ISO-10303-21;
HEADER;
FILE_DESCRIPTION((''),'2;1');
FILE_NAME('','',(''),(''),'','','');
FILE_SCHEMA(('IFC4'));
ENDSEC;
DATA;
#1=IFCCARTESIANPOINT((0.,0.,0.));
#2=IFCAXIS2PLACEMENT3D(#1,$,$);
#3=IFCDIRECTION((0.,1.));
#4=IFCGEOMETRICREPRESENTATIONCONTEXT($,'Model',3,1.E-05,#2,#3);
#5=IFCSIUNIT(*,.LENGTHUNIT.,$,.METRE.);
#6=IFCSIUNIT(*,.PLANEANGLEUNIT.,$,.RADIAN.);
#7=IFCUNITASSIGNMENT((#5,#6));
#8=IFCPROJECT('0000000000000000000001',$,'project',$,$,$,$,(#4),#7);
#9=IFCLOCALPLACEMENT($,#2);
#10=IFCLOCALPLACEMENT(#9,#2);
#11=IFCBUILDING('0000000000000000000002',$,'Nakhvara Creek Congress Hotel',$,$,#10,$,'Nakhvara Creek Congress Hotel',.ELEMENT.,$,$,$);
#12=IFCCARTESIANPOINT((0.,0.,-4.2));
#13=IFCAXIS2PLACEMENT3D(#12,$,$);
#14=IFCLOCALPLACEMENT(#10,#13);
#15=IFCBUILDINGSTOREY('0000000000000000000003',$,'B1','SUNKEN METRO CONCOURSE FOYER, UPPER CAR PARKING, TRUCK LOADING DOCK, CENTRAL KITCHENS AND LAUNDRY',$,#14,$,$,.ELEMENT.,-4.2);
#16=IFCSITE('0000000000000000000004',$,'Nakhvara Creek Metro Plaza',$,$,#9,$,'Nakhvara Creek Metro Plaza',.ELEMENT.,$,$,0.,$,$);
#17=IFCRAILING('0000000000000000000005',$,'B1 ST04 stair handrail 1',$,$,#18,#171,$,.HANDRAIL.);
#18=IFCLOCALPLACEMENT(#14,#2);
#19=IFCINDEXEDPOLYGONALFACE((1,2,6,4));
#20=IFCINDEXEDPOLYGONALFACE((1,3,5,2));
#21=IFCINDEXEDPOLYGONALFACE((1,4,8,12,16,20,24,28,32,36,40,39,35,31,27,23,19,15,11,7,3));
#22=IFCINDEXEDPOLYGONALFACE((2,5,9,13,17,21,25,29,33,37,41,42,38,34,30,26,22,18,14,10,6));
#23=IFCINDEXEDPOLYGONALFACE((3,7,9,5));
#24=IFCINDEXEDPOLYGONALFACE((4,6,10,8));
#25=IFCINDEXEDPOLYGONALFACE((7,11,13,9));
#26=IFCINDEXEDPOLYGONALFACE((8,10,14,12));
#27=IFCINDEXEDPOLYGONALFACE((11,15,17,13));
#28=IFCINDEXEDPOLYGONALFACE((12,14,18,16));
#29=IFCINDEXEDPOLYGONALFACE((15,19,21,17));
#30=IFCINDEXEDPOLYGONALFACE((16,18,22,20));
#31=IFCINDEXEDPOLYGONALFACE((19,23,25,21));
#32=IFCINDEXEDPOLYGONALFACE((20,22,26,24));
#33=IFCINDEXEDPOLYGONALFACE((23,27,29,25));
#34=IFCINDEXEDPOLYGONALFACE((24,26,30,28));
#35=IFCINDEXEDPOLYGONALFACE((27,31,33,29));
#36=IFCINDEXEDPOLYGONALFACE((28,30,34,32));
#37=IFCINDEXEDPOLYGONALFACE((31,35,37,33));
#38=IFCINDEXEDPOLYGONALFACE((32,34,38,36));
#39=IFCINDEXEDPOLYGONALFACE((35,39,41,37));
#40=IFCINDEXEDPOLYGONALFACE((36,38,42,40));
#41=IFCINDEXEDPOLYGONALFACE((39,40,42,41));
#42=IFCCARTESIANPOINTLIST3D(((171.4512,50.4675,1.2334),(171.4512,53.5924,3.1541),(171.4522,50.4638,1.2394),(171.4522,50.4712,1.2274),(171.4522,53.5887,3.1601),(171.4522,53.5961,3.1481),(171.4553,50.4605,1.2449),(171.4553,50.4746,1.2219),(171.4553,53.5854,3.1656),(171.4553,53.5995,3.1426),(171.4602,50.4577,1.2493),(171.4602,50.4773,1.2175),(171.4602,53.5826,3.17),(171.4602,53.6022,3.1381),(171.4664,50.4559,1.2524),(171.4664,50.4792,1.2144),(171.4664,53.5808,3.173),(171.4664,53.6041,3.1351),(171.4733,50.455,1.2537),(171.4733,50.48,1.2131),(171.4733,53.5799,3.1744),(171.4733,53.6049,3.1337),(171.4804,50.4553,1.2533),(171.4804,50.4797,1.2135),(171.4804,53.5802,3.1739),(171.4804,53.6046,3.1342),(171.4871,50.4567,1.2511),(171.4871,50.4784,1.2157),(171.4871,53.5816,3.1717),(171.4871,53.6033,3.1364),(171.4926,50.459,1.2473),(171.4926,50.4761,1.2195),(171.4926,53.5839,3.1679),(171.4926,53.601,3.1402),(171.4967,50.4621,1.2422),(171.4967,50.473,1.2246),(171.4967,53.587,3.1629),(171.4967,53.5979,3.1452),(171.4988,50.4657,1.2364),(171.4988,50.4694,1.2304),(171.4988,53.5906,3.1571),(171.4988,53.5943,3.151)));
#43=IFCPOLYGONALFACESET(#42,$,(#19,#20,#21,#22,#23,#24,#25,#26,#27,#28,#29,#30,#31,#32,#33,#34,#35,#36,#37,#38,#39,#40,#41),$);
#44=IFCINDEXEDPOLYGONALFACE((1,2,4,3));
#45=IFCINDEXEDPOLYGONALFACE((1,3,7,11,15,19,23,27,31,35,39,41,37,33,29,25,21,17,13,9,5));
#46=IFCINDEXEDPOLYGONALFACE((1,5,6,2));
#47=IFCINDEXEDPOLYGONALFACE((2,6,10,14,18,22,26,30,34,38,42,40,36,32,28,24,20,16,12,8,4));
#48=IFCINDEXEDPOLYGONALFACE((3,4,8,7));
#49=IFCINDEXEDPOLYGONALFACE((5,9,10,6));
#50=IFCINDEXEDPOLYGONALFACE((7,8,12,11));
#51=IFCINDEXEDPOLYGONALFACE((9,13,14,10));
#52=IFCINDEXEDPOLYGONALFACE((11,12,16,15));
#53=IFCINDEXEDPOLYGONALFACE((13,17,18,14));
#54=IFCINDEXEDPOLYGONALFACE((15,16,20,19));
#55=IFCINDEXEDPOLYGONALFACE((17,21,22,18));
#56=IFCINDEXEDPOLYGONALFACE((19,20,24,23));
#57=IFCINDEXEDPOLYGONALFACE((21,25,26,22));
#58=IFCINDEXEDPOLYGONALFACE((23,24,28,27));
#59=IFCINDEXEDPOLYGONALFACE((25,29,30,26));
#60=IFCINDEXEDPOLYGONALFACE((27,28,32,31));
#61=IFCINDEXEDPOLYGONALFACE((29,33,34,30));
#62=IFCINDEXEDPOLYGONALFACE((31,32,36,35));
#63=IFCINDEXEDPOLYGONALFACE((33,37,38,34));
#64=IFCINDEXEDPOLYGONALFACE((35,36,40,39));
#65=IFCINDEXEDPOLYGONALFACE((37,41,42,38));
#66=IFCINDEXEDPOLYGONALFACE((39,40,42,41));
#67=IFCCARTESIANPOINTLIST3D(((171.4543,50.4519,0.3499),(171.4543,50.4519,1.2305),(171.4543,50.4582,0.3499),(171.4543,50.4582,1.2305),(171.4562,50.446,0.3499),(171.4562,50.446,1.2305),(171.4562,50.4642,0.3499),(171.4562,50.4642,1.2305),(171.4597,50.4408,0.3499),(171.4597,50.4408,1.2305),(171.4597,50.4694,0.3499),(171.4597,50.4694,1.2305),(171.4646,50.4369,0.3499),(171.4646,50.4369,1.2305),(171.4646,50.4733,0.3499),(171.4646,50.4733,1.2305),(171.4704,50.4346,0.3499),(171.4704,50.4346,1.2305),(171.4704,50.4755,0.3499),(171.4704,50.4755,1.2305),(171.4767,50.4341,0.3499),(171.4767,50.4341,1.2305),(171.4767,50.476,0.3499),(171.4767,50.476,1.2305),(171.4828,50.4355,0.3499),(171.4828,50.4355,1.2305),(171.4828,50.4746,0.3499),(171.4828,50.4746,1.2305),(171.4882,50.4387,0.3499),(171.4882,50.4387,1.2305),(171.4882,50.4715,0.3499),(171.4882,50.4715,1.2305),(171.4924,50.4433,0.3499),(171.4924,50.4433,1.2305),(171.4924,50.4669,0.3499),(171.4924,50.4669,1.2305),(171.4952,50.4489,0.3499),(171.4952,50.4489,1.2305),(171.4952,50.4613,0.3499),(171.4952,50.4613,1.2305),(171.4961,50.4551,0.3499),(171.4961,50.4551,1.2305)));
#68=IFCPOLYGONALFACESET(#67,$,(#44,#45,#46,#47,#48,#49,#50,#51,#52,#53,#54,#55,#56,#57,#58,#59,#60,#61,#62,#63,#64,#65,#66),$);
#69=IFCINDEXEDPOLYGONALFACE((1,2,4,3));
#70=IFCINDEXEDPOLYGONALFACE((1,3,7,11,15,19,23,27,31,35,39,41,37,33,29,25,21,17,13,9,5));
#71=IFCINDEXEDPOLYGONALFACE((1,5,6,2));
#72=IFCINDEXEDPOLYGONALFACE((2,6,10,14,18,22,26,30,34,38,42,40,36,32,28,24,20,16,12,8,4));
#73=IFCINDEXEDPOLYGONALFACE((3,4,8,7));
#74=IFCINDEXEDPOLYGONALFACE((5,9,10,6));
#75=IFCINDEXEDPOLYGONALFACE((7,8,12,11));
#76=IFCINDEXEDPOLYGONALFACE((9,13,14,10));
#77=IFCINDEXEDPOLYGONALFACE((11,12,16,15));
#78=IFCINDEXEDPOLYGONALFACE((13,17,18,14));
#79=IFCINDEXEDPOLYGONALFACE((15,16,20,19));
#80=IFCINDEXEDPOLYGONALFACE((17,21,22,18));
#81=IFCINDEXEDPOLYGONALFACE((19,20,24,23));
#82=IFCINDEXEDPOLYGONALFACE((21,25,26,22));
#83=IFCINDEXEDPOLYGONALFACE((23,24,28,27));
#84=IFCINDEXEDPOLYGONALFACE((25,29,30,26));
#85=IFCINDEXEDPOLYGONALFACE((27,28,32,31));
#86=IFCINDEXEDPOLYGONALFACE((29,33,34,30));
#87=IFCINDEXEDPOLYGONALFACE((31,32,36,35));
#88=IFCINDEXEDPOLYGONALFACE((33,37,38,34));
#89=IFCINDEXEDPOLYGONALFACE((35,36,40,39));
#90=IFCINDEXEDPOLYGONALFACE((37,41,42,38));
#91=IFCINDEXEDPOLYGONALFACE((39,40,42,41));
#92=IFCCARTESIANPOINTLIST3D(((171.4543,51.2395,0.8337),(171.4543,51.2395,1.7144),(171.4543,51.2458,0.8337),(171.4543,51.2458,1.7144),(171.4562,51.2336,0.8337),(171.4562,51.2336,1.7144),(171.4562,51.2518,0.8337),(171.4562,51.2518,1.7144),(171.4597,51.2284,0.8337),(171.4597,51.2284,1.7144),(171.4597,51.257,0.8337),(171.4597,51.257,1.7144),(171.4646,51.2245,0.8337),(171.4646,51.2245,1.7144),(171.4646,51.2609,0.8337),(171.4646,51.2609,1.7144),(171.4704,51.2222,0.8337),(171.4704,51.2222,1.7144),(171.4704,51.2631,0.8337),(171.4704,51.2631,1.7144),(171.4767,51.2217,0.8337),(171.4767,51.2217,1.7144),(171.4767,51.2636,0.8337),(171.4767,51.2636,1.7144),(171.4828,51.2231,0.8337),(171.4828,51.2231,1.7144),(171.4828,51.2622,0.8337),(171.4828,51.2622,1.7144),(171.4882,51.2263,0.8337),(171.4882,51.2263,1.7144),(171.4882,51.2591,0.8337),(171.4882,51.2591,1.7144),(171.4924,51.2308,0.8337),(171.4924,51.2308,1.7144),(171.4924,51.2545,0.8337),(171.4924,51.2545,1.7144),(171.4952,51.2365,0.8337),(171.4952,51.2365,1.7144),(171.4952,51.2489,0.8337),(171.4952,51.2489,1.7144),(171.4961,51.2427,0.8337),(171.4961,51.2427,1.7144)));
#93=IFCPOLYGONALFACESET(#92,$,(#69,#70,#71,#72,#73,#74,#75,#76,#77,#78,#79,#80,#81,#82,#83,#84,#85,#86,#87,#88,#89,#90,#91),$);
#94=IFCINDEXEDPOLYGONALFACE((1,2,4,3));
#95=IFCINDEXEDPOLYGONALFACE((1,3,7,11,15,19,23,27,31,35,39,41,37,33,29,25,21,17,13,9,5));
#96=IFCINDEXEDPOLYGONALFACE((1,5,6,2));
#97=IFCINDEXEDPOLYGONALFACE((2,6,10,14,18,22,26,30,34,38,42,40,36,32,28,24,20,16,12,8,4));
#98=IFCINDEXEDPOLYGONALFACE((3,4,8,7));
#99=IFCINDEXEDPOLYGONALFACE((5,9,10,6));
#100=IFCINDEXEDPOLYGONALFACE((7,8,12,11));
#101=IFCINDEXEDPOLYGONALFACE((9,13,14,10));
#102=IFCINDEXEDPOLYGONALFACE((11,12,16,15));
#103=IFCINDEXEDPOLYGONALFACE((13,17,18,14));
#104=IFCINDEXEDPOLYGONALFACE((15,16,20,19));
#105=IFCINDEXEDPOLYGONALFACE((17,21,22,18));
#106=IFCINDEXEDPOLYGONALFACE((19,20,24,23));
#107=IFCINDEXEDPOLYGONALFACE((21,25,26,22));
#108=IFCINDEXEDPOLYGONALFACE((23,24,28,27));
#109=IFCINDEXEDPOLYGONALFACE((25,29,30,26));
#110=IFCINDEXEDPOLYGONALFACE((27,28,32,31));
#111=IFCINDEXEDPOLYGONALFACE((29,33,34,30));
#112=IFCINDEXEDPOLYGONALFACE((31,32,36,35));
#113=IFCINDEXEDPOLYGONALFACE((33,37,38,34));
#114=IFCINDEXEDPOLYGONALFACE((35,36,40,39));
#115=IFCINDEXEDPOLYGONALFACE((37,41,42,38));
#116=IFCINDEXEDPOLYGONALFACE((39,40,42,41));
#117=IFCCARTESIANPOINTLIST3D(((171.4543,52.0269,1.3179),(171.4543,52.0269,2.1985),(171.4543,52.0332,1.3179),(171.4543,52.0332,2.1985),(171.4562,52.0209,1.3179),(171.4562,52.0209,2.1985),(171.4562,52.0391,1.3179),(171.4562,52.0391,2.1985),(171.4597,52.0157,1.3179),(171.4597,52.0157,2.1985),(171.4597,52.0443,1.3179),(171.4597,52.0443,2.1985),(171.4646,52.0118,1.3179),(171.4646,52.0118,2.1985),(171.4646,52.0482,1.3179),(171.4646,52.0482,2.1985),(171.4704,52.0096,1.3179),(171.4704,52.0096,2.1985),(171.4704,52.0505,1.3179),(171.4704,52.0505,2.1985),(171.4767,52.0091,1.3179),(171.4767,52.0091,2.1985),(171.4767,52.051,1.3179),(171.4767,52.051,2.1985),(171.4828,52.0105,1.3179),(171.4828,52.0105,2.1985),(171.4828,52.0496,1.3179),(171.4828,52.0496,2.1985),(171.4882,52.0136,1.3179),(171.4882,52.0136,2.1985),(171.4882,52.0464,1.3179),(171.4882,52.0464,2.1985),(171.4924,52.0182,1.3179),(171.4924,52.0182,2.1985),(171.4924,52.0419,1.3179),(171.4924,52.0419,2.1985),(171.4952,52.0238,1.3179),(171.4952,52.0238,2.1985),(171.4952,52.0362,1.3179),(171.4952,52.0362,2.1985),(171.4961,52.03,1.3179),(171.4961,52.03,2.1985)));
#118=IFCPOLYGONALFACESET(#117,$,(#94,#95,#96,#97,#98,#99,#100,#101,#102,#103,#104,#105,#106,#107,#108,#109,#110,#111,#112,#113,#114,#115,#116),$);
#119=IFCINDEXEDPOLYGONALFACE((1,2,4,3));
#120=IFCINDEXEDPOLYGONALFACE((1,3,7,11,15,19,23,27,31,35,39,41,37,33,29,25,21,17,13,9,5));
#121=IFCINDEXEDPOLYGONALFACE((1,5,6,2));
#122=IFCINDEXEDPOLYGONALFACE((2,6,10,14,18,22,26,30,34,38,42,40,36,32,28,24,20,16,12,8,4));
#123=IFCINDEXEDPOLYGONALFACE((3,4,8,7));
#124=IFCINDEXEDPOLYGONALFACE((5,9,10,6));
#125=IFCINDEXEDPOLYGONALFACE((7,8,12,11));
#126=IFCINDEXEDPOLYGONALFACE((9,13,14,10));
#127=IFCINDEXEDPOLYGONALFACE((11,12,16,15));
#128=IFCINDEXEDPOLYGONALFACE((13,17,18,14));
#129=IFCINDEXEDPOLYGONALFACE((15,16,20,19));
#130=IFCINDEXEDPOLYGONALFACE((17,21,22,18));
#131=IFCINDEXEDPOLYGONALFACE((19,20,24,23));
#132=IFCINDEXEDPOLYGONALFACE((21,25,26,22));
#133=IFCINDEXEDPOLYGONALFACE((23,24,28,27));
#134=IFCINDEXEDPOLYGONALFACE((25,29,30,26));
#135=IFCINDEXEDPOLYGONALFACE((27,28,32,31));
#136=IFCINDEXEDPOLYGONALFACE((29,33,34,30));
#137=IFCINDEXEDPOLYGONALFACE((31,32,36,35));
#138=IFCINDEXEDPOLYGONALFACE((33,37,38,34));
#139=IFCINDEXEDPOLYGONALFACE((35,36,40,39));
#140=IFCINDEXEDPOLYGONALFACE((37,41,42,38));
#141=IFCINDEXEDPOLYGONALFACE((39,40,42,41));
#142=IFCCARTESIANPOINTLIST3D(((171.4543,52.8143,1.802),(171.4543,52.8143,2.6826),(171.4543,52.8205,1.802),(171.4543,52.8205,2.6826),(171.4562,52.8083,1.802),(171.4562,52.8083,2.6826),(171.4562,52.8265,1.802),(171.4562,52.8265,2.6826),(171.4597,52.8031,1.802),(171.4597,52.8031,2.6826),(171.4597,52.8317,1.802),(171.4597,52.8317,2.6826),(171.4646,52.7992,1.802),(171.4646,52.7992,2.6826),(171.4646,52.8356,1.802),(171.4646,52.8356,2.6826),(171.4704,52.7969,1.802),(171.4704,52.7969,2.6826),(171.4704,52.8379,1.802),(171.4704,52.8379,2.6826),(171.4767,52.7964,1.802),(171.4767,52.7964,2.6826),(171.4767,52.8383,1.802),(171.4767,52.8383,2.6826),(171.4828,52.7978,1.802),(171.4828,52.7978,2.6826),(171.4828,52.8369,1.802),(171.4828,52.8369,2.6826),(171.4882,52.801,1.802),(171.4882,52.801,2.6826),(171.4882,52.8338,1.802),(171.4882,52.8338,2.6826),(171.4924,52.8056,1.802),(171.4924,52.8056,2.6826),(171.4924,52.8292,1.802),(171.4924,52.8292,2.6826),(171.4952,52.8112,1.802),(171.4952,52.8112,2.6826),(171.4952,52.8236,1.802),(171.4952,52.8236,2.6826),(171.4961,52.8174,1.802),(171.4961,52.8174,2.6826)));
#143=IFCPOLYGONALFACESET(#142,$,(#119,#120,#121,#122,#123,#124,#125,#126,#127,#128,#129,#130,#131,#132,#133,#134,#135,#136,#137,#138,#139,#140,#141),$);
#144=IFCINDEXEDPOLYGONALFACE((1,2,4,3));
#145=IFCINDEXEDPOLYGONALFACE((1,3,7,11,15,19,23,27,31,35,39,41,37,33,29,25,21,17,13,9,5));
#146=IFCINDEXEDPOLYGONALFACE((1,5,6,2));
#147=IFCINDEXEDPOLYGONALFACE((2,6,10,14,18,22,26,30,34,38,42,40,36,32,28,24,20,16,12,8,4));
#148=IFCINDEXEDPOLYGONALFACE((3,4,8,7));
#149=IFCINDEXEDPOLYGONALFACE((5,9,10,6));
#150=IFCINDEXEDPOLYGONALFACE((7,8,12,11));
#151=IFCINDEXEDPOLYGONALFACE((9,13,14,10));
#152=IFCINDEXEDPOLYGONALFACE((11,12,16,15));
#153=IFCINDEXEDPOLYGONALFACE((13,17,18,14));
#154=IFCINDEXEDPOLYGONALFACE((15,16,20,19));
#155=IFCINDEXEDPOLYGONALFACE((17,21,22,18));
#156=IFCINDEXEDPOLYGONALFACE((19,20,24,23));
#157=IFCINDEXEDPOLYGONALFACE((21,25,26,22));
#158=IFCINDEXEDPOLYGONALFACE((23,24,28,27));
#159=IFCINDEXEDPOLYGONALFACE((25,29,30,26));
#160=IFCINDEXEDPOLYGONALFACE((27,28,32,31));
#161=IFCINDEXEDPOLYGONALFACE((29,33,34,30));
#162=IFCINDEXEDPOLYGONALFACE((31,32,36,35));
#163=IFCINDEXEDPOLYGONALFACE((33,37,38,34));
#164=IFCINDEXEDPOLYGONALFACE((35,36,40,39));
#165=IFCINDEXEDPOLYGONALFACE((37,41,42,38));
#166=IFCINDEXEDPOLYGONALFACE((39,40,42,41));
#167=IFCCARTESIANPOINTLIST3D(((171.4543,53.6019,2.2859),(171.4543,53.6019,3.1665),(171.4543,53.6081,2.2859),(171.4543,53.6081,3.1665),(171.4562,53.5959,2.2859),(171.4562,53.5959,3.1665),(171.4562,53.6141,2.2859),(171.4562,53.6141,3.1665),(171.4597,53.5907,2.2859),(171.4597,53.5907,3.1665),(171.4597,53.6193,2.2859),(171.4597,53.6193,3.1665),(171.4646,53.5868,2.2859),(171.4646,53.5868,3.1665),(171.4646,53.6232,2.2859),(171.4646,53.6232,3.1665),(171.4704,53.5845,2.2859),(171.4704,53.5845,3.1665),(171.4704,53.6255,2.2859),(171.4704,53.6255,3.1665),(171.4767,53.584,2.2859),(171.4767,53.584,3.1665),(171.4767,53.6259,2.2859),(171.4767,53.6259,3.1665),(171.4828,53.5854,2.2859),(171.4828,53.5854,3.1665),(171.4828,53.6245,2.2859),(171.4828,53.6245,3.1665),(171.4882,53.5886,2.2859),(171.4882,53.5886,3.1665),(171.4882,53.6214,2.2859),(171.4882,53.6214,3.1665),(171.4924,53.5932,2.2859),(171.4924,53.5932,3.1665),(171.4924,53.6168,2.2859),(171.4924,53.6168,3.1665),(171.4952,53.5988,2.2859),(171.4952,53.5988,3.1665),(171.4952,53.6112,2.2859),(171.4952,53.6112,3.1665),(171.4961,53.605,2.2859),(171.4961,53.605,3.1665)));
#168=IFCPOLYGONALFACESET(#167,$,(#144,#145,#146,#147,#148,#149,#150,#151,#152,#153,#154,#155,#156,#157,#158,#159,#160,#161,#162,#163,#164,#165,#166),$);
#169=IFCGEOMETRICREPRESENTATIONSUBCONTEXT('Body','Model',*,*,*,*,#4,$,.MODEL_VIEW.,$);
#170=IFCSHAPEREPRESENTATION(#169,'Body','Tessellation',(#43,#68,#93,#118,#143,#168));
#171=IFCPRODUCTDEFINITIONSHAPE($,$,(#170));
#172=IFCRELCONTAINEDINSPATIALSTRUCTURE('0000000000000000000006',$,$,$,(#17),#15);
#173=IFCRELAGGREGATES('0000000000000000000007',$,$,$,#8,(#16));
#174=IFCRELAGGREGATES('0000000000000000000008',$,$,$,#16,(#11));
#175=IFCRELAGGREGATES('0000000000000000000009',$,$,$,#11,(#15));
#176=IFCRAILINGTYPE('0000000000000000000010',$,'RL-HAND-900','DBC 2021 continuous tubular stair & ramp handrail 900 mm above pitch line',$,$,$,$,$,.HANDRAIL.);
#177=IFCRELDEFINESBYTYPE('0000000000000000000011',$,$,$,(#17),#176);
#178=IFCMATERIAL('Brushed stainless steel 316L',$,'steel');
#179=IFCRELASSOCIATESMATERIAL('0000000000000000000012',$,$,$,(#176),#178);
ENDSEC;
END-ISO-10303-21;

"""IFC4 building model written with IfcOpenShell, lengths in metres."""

from ifc_helpers import new_model, si_unit, direction, frame, origin, origin_2d, place, context, subcontext, project, spatial, circle, extrude, material, type_object, element, save


model = new_model("IFC4")

# Units and contexts
model_context = context("Model", 3, precision=1e-05, world=origin(), true_north=direction((0.0, 1.0)))
body_context = subcontext(model_context, "Body", "Model", "MODEL_VIEW")
ifc_project = project(units=[si_unit("LENGTHUNIT", "METRE"), si_unit("PLANEANGLEUNIT", "RADIAN")], contexts=[model_context])

# Site, building, storey
site_placement = place(None, origin())
site = spatial("IfcSite", under=ifc_project, at=site_placement, Name="Nakhvara Creek Metro Plaza", LongName="Nakhvara Creek Metro Plaza", CompositionType="ELEMENT", RefElevation=0.0)
building_placement = place(site_placement, origin())
building = spatial("IfcBuilding", under=site, at=building_placement, Name="Nakhvara Creek Congress Hotel", LongName="Nakhvara Creek Congress Hotel", CompositionType="ELEMENT")
storey_placement = place(building_placement, frame((0.0, 0.0, -4.2)))
storey = spatial("IfcBuildingStorey", under=building, at=storey_placement, Name="B1", Description="SUNKEN METRO CONCOURSE FOYER, UPPER CAR PARKING, TRUCK LOADING DOCK, CENTRAL KITCHENS AND LAUNDRY", CompositionType="ELEMENT", Elevation=-4.2)

# Railing
ifc_material_1 = material(Name="Brushed stainless steel 316L", Category="steel")
railing_type_1 = type_object("IfcRailingType", Name="RL-HAND-900", Description="DBC 2021 continuous tubular stair & ramp handrail 900 mm above pitch line", PredefinedType="HANDRAIL", material=ifc_material_1)
railing_1_placement = place(storey_placement, frame((171.4751, 50.4551, 0.3499)))
element("IfcRailing", 1, at=railing_1_placement, inside=storey, type_object=railing_type_1, Name="B1 ST04 stair handrail 1", PredefinedType="HANDRAIL", context=body_context, shape_type="SweptSolid", body=[
    extrude(circle(Radius=0.0239, at=origin_2d()), frame((0.0, 0.0125, 0.8835), z_axis=(0.0, 0.851944, 0.523633), x_axis=(-1.0, 0.0, 0.0)), (0.0, 0.0, 1.0), 3.668),
    extrude(circle(Radius=0.021, at=origin_2d()), origin(), (0.0, 0.0, 1.0), 0.8806),
    extrude(circle(Radius=0.021, at=origin_2d()), frame((0.0, 0.7876, 0.4839)), (0.0, 0.0, 1.0), 0.8806),
    extrude(circle(Radius=0.021, at=origin_2d()), frame((0.0, 1.575, 0.968)), (0.0, 0.0, 1.0), 0.8806),
    extrude(circle(Radius=0.021, at=origin_2d()), frame((0.0, 2.3623, 1.4521)), (0.0, 0.0, 1.0), 0.8806),
    extrude(circle(Radius=0.021, at=origin_2d()), frame((0.0, 3.1499, 1.936)), (0.0, 0.0, 1.0), 0.8806),
])

save(model, "model.ifc")
